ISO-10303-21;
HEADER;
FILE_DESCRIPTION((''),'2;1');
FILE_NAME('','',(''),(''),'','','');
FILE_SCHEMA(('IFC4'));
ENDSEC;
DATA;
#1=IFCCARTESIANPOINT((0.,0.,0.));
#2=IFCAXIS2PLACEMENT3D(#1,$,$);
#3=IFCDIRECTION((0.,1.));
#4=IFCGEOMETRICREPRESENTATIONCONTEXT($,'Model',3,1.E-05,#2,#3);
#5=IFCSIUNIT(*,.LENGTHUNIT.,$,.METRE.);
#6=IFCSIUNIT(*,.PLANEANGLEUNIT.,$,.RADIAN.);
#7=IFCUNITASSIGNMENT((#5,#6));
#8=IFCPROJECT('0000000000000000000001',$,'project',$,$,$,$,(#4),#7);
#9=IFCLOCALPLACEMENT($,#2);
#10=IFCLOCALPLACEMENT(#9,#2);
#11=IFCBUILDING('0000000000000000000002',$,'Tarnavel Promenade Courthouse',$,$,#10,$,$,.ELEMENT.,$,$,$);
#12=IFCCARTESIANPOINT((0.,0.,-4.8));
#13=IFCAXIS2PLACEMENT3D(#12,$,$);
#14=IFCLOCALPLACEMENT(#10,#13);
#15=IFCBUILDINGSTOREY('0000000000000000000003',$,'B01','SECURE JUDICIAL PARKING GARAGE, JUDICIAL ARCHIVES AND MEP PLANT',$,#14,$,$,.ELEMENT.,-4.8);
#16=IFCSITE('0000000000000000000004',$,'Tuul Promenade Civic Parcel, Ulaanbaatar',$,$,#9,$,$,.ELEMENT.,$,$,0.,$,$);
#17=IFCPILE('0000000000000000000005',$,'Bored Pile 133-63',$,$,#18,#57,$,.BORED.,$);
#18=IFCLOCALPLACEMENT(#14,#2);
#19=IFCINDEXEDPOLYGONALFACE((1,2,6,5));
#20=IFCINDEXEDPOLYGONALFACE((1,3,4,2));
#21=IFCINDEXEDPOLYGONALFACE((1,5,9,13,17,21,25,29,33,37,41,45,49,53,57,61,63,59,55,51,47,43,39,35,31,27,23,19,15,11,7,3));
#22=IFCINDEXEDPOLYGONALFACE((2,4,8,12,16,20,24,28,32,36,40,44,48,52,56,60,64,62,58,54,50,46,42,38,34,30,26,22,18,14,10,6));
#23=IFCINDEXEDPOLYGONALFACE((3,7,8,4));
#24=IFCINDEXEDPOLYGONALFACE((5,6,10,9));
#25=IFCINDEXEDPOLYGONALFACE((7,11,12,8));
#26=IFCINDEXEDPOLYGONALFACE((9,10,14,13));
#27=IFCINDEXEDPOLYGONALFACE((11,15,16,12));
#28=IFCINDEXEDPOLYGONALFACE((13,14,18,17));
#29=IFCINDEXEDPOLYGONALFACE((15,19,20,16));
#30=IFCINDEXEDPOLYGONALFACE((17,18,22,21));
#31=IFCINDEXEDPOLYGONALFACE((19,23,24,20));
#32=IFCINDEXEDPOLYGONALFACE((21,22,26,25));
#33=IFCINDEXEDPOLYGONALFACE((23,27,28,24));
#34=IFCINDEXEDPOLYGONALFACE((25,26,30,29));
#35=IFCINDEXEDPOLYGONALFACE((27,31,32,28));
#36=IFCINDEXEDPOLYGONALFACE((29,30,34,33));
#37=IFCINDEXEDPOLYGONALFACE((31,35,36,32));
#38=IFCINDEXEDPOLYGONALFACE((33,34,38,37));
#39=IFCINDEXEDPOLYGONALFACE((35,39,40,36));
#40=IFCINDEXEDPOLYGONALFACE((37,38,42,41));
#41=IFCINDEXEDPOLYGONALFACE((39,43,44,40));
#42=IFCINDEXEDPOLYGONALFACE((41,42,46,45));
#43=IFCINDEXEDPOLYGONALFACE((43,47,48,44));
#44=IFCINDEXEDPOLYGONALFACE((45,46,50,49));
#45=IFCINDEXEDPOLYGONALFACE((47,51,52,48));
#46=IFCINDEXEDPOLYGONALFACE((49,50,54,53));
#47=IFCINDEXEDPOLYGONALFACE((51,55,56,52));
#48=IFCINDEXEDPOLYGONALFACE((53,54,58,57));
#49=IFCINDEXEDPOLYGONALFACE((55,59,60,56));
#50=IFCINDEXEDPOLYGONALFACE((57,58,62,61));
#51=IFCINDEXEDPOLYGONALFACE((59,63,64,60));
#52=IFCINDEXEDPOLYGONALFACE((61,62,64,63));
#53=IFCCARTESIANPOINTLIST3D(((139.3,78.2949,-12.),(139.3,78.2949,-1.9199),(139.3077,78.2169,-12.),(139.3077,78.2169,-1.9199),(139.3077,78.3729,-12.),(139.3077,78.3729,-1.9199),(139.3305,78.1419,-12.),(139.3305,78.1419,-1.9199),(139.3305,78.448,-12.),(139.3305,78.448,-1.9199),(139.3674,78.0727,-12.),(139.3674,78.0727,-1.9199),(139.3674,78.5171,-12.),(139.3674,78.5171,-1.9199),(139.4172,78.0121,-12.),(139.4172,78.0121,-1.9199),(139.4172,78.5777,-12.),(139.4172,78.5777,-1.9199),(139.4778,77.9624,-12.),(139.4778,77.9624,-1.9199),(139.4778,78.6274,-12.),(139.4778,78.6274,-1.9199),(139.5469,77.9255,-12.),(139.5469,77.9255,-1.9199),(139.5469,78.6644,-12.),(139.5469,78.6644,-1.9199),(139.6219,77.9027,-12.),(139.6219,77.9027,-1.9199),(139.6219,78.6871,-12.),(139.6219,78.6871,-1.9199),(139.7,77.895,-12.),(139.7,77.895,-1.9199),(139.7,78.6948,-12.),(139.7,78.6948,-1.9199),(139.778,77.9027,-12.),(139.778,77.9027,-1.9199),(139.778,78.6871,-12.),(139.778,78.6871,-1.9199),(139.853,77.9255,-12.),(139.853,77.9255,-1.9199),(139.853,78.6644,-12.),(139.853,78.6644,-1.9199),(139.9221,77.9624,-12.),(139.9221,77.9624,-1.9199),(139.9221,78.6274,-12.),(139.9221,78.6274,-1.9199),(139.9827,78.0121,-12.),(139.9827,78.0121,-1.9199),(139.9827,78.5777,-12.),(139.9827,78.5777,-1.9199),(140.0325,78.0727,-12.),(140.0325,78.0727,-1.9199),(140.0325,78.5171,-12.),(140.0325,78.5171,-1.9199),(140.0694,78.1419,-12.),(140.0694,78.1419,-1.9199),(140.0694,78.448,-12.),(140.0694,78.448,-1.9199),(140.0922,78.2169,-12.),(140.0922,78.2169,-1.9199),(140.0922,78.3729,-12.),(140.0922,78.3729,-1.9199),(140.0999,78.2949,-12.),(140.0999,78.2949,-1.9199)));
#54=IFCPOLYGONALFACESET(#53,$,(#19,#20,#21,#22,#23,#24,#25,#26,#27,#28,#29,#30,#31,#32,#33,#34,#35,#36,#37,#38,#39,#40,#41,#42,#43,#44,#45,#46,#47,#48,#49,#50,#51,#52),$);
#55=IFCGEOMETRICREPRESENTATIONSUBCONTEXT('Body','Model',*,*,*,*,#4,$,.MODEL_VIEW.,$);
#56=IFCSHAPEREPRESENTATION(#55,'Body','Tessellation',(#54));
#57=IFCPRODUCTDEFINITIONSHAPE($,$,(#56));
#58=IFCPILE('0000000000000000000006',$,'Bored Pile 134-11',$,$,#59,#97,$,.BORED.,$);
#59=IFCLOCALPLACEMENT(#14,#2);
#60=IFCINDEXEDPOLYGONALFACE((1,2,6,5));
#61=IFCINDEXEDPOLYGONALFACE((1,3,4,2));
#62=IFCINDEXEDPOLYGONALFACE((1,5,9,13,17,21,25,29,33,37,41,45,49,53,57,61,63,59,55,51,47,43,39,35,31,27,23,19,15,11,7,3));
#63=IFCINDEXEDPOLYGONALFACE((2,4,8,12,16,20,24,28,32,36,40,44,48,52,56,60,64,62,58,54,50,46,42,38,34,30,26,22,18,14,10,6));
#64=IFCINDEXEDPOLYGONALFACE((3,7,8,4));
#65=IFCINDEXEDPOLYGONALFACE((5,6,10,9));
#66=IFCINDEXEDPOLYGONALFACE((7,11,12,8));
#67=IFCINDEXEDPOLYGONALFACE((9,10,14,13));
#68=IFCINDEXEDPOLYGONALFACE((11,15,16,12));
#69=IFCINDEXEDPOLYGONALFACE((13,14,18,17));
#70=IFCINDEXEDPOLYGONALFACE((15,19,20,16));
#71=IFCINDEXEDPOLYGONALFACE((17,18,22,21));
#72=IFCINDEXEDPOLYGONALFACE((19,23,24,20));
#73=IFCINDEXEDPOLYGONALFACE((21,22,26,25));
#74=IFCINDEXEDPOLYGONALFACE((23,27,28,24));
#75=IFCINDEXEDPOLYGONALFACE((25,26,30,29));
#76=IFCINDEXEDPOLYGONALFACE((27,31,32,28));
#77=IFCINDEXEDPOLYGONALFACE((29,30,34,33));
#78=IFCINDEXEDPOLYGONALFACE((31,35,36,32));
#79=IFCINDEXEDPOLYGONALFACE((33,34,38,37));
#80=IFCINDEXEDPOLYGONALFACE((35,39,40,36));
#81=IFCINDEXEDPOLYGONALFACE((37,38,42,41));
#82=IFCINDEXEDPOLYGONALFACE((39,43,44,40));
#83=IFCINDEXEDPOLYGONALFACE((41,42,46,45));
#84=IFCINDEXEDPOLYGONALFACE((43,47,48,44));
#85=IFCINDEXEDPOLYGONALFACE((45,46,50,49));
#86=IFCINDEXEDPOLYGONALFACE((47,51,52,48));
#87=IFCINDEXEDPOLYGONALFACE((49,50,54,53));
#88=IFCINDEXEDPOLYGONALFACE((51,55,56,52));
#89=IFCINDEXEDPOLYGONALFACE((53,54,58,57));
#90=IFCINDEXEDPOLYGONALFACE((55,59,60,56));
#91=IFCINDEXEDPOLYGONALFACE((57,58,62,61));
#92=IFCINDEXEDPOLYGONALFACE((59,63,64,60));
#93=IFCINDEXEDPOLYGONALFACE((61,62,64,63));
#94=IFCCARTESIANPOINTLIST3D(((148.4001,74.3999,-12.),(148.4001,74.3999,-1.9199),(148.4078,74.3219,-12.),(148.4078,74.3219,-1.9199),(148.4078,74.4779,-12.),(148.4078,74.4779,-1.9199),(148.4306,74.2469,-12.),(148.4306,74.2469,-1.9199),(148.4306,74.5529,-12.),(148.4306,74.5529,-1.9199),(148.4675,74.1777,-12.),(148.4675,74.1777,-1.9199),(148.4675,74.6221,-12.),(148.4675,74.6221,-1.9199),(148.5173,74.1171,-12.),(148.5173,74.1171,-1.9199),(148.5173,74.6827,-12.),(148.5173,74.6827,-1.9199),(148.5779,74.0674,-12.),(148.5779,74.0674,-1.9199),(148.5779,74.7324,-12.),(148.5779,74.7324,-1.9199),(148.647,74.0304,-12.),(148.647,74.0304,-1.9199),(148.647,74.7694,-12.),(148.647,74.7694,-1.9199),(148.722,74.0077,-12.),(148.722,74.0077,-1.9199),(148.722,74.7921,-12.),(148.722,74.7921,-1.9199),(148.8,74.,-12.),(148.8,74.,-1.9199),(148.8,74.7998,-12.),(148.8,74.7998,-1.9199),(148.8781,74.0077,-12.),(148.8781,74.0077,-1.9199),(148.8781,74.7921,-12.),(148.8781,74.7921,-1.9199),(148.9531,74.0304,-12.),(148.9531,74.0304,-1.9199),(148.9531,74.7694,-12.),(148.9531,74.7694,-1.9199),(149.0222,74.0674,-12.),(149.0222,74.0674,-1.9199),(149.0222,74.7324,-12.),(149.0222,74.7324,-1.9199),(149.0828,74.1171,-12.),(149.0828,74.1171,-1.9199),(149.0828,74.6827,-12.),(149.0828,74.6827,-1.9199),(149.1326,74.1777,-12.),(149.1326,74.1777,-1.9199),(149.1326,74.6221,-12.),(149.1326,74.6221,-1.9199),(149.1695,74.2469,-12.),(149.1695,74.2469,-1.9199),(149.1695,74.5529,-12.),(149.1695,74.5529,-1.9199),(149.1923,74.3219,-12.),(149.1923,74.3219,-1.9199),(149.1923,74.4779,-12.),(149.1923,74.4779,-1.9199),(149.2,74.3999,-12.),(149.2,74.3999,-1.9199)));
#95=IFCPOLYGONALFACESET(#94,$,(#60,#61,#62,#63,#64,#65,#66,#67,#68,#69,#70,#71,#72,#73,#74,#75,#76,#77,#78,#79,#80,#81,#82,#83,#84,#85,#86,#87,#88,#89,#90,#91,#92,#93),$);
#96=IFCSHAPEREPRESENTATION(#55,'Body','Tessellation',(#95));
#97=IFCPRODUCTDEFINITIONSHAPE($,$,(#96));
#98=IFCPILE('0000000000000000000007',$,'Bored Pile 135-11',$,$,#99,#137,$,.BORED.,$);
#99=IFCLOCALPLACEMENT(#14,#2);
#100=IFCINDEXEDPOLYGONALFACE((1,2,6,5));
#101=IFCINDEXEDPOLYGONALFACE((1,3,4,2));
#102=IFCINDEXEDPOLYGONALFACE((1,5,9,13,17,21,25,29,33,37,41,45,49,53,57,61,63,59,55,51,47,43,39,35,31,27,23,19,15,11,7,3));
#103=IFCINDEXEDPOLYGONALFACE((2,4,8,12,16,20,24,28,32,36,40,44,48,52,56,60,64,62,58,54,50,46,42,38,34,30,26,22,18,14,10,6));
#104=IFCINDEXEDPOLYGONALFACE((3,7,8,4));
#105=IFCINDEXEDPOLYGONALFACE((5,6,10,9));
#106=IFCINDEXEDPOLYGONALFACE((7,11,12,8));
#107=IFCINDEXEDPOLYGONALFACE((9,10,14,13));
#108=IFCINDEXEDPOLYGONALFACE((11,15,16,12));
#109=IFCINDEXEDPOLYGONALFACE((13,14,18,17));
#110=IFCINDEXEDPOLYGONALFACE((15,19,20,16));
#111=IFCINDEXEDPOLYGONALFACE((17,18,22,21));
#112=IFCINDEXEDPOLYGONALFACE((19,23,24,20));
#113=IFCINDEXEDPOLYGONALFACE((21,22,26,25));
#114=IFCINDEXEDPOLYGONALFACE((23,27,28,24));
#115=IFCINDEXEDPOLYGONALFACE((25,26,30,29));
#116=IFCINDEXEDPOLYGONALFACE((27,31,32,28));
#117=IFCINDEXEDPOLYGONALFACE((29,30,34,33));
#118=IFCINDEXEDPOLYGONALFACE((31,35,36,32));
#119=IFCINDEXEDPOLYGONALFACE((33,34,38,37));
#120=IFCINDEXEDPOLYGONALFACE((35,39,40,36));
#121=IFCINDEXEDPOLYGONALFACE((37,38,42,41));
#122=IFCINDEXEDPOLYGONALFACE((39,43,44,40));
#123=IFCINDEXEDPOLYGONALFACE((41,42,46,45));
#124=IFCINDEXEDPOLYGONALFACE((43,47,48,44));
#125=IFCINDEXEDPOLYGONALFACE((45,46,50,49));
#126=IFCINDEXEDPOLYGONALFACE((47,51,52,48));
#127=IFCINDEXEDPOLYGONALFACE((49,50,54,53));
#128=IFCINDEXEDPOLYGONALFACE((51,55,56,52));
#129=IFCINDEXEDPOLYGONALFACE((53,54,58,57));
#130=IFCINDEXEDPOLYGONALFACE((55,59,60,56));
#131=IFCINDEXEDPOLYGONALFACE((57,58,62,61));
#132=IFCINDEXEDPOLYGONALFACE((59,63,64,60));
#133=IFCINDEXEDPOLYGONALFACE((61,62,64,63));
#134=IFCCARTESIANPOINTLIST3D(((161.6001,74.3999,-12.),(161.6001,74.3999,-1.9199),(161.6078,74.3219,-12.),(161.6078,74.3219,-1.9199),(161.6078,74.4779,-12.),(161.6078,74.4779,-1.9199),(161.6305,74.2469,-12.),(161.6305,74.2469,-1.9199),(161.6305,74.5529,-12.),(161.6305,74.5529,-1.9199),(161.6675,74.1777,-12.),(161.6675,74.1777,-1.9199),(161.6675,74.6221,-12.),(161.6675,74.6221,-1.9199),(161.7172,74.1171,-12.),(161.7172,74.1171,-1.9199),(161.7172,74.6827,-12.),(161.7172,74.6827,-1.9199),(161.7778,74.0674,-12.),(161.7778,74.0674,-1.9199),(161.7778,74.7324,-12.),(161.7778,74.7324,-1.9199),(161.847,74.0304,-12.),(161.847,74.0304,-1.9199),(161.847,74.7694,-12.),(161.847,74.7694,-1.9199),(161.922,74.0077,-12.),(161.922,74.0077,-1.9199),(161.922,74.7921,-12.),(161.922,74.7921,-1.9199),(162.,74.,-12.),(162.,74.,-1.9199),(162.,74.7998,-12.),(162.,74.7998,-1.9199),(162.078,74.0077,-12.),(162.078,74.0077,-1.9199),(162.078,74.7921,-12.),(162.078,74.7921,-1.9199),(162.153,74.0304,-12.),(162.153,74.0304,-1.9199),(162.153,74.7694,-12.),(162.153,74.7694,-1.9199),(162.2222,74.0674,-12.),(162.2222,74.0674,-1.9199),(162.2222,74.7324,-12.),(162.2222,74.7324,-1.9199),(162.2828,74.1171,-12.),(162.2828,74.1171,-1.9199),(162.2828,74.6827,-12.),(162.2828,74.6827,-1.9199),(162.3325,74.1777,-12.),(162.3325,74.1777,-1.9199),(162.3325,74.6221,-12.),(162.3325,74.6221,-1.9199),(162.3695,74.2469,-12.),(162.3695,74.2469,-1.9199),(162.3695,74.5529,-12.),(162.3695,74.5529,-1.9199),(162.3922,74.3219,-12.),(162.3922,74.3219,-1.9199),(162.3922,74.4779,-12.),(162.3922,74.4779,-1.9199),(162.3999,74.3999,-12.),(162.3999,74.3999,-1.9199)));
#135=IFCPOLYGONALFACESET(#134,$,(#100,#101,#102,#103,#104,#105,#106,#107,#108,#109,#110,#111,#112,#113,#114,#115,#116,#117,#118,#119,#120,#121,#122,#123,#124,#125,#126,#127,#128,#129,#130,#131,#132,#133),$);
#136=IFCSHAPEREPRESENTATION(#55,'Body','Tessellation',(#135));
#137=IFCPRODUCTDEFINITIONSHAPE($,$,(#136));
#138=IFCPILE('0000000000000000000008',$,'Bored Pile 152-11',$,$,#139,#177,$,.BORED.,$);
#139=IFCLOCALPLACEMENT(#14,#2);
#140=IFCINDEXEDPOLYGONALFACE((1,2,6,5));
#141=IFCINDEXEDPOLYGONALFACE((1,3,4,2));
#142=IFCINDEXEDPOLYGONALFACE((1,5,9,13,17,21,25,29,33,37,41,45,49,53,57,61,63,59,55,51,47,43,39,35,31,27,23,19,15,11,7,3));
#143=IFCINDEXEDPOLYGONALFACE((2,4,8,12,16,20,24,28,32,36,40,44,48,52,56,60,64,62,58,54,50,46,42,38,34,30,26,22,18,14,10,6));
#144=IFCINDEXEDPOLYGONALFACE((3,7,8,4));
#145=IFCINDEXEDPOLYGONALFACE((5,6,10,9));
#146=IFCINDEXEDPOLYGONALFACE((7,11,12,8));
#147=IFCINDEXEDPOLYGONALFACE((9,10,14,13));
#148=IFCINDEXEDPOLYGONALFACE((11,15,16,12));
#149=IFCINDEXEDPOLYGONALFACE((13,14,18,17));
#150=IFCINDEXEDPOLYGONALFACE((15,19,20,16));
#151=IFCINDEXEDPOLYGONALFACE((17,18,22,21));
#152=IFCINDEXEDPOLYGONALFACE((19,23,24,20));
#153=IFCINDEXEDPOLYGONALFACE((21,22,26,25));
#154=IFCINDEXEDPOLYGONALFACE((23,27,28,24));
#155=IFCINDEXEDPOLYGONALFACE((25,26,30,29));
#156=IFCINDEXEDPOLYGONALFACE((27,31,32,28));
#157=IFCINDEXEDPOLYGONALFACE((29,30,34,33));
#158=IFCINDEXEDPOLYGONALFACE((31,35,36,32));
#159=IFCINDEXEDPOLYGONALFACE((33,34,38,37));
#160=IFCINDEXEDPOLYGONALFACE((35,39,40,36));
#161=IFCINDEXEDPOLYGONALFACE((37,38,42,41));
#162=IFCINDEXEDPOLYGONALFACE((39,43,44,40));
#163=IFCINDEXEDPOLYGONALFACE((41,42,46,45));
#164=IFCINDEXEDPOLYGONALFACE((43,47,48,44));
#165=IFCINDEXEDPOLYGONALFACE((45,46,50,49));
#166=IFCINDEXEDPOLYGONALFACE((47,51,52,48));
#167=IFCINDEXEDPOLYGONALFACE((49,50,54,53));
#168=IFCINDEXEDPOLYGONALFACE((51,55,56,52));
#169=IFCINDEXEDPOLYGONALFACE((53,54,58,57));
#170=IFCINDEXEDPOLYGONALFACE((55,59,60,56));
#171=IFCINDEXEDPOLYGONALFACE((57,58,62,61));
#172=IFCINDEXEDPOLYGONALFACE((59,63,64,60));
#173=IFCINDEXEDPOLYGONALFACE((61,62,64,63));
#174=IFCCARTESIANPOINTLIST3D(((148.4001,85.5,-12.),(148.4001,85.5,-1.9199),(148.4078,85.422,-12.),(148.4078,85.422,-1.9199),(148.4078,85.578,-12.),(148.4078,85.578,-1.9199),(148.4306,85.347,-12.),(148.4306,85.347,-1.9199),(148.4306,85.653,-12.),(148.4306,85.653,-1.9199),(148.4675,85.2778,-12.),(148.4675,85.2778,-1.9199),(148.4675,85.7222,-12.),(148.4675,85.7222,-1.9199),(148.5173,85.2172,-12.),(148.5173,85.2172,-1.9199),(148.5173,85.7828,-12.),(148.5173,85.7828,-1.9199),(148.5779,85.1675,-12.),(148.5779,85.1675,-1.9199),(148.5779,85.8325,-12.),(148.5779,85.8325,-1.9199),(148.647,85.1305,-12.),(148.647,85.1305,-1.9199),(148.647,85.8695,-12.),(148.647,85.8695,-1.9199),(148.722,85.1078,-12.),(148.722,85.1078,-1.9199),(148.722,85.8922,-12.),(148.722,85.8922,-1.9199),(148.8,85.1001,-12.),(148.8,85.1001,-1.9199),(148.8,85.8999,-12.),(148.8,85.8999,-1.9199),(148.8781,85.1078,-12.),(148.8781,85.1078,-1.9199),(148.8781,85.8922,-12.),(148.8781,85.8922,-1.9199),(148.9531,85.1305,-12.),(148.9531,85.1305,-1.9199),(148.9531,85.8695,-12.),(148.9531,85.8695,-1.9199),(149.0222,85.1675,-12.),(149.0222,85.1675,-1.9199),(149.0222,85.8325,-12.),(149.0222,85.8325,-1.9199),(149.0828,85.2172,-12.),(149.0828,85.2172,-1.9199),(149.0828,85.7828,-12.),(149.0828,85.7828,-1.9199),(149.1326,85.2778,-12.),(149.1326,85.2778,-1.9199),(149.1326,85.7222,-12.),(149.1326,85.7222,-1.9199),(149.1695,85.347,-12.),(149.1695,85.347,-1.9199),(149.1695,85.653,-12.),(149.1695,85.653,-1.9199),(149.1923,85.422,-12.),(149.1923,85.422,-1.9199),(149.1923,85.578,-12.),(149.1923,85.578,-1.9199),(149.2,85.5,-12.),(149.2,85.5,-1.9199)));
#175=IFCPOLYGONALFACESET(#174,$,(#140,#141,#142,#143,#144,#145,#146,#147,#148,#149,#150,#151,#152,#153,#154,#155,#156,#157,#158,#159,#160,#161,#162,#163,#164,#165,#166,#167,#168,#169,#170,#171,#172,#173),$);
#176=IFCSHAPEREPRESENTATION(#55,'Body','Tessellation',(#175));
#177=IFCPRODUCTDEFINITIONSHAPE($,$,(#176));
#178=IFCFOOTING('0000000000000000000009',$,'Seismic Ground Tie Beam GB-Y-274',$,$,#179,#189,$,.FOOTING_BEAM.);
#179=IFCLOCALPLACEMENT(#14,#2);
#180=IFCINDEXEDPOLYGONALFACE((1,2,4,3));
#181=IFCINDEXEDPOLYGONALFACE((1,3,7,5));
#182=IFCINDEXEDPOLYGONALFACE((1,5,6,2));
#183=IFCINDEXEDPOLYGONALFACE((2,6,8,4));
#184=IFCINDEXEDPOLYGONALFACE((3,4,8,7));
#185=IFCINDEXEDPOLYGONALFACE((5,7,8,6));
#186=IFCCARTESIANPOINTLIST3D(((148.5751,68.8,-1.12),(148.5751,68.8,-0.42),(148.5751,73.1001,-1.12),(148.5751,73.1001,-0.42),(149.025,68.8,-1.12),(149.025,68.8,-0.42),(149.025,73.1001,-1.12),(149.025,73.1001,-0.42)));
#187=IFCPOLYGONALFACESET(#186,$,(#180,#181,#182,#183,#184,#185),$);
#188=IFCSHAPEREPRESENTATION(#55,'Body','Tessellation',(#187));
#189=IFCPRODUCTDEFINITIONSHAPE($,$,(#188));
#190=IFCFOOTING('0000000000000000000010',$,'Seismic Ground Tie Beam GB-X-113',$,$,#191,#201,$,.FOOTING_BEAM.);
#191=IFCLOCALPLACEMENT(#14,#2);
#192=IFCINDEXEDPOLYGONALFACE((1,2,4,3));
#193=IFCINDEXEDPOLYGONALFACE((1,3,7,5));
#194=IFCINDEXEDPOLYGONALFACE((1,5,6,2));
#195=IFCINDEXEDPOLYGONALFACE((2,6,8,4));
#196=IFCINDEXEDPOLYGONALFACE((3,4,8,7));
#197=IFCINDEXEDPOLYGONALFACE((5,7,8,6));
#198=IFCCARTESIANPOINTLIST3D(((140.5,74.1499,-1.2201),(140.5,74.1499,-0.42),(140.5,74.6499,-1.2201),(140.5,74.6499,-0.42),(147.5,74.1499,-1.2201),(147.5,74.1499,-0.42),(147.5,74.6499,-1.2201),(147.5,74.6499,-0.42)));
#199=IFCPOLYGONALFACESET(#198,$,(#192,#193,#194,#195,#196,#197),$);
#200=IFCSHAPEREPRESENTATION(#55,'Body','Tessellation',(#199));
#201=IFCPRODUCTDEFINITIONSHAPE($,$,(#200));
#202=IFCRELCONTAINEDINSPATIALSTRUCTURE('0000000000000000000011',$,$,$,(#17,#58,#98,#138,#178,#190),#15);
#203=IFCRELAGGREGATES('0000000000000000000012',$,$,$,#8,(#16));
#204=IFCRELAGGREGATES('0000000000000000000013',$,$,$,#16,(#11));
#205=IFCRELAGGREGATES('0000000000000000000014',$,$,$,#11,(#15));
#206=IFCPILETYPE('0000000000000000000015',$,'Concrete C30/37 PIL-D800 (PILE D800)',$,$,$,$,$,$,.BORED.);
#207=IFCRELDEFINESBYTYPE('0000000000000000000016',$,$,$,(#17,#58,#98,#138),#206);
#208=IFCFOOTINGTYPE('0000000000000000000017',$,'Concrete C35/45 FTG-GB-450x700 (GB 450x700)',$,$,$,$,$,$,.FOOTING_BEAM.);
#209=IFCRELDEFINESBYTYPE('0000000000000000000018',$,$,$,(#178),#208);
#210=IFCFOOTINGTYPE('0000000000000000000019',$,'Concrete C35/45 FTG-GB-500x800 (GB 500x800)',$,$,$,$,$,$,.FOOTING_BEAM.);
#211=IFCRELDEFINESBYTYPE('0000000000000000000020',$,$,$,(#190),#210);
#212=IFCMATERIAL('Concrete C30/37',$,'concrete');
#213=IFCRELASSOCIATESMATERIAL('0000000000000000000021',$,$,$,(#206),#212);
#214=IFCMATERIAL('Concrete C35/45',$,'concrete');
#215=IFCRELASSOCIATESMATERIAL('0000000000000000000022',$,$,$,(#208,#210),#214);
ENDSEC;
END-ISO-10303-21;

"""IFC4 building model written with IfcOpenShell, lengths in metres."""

from ifc_helpers import new_model, si_unit, direction, frame, origin, origin_2d, place, context, subcontext, project, spatial, rectangle, circle, extrude, material, material_profile, profile_set, type_object, element, save


model = new_model("IFC4")

# Units and contexts
model_context = context("Model", 3, precision=1e-05, world=origin(), true_north=direction((0.0, 1.0)))
body_context = subcontext(model_context, "Body", "Model", "MODEL_VIEW")
ifc_project = project(units=[si_unit("LENGTHUNIT", "METRE"), si_unit("PLANEANGLEUNIT", "RADIAN")], contexts=[model_context])

# Site, building, storey
site_placement = place(None, origin())
site = spatial("IfcSite", under=ifc_project, at=site_placement, Name="Tuul Promenade Civic Parcel, Ulaanbaatar", CompositionType="ELEMENT", RefElevation=0.0)
building_placement = place(site_placement, origin())
building = spatial("IfcBuilding", under=site, at=building_placement, Name="Tarnavel Promenade Courthouse", CompositionType="ELEMENT")
storey_placement = place(building_placement, frame((0.0, 0.0, -4.8)))
storey = spatial("IfcBuildingStorey", under=building, at=storey_placement, Name="B01", Description="SECURE JUDICIAL PARKING GARAGE, JUDICIAL ARCHIVES AND MEP PLANT", CompositionType="ELEMENT", Elevation=-4.8)

# Piles
ifc_material_1 = material(Name="Concrete C30/37", Category="concrete")
ifc_material_profile_1 = material_profile(ifc_material_1, circle(Radius=0.3999, at=origin_2d()), Name="PILE D800")
ifc_profile_set_1 = profile_set([ifc_material_profile_1], Name="Concrete C30/37")
pile_type = type_object("IfcPileType", Name="Concrete C30/37 PIL-D800 (PILE D800)", PredefinedType="BORED", material=ifc_profile_set_1)
for number, where, z_axis, x_axis, name in (
    (1, (139.7, 78.2949, -1.9199), (0.0, 0.0, -1.0), (1.0, 0.0, 0.0), "Bored Pile 133-63"),
    (2, (148.8, 74.3999, -1.9199), (0.0, 0.0, -1.0), (1.0, 0.0, 0.0), "Bored Pile 134-11"),
    (3, (162.0, 74.3999, -1.9199), (0.0, 0.0, -1.0), (1.0, 0.0, 0.0), "Bored Pile 135-11"),
    (4, (148.8, 85.5, -1.9199), (0.0, 0.0, -1.0), (1.0, 0.0, 0.0), "Bored Pile 152-11"),
):
    element("IfcPile", number, at=place(storey_placement, frame(where, z_axis=z_axis, x_axis=x_axis)), inside=storey, type_object=pile_type, Name=name, PredefinedType="BORED", context=body_context, shape_type="SweptSolid", body=[
        extrude(circle(Radius=0.3999, at=origin_2d()), origin(), (0.0, 0.0, 1.0), 10.0801),
    ])

# Footings
ifc_material_2 = material(Name="Concrete C35/45", Category="concrete")
ifc_material_profile_2 = material_profile(ifc_material_2, rectangle(XDim=0.45, YDim=0.7, at=origin_2d()), Name="GB 450x700")
ifc_profile_set_2 = profile_set([ifc_material_profile_2], Name="Concrete C35/45")
footing_type_1 = type_object("IfcFootingType", Name="Concrete C35/45 FTG-GB-450x700 (GB 450x700)", PredefinedType="FOOTING_BEAM", material=ifc_profile_set_2)
footing_1_placement = place(storey_placement, frame((148.8, 68.8, -0.77), z_axis=(0.0, 1.0, 0.0), x_axis=(-1.0, 0.0, 0.0)))
element("IfcFooting", 5, at=footing_1_placement, inside=storey, type_object=footing_type_1, Name="Seismic Ground Tie Beam GB-Y-274", PredefinedType="FOOTING_BEAM", context=body_context, shape_type="SweptSolid", body=[
    extrude(rectangle(XDim=0.45, YDim=0.7, at=origin_2d()), origin(), (0.0, 0.0, 1.0), 4.3),
])
ifc_material_profile_3 = material_profile(ifc_material_2, rectangle(XDim=0.5, YDim=0.8, at=origin_2d()), Name="GB 500x800")
ifc_profile_set_3 = profile_set([ifc_material_profile_3], Name="Concrete C35/45")
footing_type_2 = type_object("IfcFootingType", Name="Concrete C35/45 FTG-GB-500x800 (GB 500x800)", PredefinedType="FOOTING_BEAM", material=ifc_profile_set_3)
for number, where, z_axis, x_axis, name in (
    (6, (140.5, 74.3999, -0.8201), (1.0, 0.0, 0.0), (0.0, 1.0, 0.0), "Seismic Ground Tie Beam GB-X-113"),
):
    element("IfcFooting", number, at=place(storey_placement, frame(where, z_axis=z_axis, x_axis=x_axis)), inside=storey, type_object=footing_type_2, Name=name, PredefinedType="FOOTING_BEAM", context=body_context, shape_type="SweptSolid", body=[
        extrude(rectangle(XDim=0.5, YDim=0.8, at=origin_2d()), origin(), (0.0, 0.0, 1.0), 7.0),
    ])

save(model, "model.ifc")
